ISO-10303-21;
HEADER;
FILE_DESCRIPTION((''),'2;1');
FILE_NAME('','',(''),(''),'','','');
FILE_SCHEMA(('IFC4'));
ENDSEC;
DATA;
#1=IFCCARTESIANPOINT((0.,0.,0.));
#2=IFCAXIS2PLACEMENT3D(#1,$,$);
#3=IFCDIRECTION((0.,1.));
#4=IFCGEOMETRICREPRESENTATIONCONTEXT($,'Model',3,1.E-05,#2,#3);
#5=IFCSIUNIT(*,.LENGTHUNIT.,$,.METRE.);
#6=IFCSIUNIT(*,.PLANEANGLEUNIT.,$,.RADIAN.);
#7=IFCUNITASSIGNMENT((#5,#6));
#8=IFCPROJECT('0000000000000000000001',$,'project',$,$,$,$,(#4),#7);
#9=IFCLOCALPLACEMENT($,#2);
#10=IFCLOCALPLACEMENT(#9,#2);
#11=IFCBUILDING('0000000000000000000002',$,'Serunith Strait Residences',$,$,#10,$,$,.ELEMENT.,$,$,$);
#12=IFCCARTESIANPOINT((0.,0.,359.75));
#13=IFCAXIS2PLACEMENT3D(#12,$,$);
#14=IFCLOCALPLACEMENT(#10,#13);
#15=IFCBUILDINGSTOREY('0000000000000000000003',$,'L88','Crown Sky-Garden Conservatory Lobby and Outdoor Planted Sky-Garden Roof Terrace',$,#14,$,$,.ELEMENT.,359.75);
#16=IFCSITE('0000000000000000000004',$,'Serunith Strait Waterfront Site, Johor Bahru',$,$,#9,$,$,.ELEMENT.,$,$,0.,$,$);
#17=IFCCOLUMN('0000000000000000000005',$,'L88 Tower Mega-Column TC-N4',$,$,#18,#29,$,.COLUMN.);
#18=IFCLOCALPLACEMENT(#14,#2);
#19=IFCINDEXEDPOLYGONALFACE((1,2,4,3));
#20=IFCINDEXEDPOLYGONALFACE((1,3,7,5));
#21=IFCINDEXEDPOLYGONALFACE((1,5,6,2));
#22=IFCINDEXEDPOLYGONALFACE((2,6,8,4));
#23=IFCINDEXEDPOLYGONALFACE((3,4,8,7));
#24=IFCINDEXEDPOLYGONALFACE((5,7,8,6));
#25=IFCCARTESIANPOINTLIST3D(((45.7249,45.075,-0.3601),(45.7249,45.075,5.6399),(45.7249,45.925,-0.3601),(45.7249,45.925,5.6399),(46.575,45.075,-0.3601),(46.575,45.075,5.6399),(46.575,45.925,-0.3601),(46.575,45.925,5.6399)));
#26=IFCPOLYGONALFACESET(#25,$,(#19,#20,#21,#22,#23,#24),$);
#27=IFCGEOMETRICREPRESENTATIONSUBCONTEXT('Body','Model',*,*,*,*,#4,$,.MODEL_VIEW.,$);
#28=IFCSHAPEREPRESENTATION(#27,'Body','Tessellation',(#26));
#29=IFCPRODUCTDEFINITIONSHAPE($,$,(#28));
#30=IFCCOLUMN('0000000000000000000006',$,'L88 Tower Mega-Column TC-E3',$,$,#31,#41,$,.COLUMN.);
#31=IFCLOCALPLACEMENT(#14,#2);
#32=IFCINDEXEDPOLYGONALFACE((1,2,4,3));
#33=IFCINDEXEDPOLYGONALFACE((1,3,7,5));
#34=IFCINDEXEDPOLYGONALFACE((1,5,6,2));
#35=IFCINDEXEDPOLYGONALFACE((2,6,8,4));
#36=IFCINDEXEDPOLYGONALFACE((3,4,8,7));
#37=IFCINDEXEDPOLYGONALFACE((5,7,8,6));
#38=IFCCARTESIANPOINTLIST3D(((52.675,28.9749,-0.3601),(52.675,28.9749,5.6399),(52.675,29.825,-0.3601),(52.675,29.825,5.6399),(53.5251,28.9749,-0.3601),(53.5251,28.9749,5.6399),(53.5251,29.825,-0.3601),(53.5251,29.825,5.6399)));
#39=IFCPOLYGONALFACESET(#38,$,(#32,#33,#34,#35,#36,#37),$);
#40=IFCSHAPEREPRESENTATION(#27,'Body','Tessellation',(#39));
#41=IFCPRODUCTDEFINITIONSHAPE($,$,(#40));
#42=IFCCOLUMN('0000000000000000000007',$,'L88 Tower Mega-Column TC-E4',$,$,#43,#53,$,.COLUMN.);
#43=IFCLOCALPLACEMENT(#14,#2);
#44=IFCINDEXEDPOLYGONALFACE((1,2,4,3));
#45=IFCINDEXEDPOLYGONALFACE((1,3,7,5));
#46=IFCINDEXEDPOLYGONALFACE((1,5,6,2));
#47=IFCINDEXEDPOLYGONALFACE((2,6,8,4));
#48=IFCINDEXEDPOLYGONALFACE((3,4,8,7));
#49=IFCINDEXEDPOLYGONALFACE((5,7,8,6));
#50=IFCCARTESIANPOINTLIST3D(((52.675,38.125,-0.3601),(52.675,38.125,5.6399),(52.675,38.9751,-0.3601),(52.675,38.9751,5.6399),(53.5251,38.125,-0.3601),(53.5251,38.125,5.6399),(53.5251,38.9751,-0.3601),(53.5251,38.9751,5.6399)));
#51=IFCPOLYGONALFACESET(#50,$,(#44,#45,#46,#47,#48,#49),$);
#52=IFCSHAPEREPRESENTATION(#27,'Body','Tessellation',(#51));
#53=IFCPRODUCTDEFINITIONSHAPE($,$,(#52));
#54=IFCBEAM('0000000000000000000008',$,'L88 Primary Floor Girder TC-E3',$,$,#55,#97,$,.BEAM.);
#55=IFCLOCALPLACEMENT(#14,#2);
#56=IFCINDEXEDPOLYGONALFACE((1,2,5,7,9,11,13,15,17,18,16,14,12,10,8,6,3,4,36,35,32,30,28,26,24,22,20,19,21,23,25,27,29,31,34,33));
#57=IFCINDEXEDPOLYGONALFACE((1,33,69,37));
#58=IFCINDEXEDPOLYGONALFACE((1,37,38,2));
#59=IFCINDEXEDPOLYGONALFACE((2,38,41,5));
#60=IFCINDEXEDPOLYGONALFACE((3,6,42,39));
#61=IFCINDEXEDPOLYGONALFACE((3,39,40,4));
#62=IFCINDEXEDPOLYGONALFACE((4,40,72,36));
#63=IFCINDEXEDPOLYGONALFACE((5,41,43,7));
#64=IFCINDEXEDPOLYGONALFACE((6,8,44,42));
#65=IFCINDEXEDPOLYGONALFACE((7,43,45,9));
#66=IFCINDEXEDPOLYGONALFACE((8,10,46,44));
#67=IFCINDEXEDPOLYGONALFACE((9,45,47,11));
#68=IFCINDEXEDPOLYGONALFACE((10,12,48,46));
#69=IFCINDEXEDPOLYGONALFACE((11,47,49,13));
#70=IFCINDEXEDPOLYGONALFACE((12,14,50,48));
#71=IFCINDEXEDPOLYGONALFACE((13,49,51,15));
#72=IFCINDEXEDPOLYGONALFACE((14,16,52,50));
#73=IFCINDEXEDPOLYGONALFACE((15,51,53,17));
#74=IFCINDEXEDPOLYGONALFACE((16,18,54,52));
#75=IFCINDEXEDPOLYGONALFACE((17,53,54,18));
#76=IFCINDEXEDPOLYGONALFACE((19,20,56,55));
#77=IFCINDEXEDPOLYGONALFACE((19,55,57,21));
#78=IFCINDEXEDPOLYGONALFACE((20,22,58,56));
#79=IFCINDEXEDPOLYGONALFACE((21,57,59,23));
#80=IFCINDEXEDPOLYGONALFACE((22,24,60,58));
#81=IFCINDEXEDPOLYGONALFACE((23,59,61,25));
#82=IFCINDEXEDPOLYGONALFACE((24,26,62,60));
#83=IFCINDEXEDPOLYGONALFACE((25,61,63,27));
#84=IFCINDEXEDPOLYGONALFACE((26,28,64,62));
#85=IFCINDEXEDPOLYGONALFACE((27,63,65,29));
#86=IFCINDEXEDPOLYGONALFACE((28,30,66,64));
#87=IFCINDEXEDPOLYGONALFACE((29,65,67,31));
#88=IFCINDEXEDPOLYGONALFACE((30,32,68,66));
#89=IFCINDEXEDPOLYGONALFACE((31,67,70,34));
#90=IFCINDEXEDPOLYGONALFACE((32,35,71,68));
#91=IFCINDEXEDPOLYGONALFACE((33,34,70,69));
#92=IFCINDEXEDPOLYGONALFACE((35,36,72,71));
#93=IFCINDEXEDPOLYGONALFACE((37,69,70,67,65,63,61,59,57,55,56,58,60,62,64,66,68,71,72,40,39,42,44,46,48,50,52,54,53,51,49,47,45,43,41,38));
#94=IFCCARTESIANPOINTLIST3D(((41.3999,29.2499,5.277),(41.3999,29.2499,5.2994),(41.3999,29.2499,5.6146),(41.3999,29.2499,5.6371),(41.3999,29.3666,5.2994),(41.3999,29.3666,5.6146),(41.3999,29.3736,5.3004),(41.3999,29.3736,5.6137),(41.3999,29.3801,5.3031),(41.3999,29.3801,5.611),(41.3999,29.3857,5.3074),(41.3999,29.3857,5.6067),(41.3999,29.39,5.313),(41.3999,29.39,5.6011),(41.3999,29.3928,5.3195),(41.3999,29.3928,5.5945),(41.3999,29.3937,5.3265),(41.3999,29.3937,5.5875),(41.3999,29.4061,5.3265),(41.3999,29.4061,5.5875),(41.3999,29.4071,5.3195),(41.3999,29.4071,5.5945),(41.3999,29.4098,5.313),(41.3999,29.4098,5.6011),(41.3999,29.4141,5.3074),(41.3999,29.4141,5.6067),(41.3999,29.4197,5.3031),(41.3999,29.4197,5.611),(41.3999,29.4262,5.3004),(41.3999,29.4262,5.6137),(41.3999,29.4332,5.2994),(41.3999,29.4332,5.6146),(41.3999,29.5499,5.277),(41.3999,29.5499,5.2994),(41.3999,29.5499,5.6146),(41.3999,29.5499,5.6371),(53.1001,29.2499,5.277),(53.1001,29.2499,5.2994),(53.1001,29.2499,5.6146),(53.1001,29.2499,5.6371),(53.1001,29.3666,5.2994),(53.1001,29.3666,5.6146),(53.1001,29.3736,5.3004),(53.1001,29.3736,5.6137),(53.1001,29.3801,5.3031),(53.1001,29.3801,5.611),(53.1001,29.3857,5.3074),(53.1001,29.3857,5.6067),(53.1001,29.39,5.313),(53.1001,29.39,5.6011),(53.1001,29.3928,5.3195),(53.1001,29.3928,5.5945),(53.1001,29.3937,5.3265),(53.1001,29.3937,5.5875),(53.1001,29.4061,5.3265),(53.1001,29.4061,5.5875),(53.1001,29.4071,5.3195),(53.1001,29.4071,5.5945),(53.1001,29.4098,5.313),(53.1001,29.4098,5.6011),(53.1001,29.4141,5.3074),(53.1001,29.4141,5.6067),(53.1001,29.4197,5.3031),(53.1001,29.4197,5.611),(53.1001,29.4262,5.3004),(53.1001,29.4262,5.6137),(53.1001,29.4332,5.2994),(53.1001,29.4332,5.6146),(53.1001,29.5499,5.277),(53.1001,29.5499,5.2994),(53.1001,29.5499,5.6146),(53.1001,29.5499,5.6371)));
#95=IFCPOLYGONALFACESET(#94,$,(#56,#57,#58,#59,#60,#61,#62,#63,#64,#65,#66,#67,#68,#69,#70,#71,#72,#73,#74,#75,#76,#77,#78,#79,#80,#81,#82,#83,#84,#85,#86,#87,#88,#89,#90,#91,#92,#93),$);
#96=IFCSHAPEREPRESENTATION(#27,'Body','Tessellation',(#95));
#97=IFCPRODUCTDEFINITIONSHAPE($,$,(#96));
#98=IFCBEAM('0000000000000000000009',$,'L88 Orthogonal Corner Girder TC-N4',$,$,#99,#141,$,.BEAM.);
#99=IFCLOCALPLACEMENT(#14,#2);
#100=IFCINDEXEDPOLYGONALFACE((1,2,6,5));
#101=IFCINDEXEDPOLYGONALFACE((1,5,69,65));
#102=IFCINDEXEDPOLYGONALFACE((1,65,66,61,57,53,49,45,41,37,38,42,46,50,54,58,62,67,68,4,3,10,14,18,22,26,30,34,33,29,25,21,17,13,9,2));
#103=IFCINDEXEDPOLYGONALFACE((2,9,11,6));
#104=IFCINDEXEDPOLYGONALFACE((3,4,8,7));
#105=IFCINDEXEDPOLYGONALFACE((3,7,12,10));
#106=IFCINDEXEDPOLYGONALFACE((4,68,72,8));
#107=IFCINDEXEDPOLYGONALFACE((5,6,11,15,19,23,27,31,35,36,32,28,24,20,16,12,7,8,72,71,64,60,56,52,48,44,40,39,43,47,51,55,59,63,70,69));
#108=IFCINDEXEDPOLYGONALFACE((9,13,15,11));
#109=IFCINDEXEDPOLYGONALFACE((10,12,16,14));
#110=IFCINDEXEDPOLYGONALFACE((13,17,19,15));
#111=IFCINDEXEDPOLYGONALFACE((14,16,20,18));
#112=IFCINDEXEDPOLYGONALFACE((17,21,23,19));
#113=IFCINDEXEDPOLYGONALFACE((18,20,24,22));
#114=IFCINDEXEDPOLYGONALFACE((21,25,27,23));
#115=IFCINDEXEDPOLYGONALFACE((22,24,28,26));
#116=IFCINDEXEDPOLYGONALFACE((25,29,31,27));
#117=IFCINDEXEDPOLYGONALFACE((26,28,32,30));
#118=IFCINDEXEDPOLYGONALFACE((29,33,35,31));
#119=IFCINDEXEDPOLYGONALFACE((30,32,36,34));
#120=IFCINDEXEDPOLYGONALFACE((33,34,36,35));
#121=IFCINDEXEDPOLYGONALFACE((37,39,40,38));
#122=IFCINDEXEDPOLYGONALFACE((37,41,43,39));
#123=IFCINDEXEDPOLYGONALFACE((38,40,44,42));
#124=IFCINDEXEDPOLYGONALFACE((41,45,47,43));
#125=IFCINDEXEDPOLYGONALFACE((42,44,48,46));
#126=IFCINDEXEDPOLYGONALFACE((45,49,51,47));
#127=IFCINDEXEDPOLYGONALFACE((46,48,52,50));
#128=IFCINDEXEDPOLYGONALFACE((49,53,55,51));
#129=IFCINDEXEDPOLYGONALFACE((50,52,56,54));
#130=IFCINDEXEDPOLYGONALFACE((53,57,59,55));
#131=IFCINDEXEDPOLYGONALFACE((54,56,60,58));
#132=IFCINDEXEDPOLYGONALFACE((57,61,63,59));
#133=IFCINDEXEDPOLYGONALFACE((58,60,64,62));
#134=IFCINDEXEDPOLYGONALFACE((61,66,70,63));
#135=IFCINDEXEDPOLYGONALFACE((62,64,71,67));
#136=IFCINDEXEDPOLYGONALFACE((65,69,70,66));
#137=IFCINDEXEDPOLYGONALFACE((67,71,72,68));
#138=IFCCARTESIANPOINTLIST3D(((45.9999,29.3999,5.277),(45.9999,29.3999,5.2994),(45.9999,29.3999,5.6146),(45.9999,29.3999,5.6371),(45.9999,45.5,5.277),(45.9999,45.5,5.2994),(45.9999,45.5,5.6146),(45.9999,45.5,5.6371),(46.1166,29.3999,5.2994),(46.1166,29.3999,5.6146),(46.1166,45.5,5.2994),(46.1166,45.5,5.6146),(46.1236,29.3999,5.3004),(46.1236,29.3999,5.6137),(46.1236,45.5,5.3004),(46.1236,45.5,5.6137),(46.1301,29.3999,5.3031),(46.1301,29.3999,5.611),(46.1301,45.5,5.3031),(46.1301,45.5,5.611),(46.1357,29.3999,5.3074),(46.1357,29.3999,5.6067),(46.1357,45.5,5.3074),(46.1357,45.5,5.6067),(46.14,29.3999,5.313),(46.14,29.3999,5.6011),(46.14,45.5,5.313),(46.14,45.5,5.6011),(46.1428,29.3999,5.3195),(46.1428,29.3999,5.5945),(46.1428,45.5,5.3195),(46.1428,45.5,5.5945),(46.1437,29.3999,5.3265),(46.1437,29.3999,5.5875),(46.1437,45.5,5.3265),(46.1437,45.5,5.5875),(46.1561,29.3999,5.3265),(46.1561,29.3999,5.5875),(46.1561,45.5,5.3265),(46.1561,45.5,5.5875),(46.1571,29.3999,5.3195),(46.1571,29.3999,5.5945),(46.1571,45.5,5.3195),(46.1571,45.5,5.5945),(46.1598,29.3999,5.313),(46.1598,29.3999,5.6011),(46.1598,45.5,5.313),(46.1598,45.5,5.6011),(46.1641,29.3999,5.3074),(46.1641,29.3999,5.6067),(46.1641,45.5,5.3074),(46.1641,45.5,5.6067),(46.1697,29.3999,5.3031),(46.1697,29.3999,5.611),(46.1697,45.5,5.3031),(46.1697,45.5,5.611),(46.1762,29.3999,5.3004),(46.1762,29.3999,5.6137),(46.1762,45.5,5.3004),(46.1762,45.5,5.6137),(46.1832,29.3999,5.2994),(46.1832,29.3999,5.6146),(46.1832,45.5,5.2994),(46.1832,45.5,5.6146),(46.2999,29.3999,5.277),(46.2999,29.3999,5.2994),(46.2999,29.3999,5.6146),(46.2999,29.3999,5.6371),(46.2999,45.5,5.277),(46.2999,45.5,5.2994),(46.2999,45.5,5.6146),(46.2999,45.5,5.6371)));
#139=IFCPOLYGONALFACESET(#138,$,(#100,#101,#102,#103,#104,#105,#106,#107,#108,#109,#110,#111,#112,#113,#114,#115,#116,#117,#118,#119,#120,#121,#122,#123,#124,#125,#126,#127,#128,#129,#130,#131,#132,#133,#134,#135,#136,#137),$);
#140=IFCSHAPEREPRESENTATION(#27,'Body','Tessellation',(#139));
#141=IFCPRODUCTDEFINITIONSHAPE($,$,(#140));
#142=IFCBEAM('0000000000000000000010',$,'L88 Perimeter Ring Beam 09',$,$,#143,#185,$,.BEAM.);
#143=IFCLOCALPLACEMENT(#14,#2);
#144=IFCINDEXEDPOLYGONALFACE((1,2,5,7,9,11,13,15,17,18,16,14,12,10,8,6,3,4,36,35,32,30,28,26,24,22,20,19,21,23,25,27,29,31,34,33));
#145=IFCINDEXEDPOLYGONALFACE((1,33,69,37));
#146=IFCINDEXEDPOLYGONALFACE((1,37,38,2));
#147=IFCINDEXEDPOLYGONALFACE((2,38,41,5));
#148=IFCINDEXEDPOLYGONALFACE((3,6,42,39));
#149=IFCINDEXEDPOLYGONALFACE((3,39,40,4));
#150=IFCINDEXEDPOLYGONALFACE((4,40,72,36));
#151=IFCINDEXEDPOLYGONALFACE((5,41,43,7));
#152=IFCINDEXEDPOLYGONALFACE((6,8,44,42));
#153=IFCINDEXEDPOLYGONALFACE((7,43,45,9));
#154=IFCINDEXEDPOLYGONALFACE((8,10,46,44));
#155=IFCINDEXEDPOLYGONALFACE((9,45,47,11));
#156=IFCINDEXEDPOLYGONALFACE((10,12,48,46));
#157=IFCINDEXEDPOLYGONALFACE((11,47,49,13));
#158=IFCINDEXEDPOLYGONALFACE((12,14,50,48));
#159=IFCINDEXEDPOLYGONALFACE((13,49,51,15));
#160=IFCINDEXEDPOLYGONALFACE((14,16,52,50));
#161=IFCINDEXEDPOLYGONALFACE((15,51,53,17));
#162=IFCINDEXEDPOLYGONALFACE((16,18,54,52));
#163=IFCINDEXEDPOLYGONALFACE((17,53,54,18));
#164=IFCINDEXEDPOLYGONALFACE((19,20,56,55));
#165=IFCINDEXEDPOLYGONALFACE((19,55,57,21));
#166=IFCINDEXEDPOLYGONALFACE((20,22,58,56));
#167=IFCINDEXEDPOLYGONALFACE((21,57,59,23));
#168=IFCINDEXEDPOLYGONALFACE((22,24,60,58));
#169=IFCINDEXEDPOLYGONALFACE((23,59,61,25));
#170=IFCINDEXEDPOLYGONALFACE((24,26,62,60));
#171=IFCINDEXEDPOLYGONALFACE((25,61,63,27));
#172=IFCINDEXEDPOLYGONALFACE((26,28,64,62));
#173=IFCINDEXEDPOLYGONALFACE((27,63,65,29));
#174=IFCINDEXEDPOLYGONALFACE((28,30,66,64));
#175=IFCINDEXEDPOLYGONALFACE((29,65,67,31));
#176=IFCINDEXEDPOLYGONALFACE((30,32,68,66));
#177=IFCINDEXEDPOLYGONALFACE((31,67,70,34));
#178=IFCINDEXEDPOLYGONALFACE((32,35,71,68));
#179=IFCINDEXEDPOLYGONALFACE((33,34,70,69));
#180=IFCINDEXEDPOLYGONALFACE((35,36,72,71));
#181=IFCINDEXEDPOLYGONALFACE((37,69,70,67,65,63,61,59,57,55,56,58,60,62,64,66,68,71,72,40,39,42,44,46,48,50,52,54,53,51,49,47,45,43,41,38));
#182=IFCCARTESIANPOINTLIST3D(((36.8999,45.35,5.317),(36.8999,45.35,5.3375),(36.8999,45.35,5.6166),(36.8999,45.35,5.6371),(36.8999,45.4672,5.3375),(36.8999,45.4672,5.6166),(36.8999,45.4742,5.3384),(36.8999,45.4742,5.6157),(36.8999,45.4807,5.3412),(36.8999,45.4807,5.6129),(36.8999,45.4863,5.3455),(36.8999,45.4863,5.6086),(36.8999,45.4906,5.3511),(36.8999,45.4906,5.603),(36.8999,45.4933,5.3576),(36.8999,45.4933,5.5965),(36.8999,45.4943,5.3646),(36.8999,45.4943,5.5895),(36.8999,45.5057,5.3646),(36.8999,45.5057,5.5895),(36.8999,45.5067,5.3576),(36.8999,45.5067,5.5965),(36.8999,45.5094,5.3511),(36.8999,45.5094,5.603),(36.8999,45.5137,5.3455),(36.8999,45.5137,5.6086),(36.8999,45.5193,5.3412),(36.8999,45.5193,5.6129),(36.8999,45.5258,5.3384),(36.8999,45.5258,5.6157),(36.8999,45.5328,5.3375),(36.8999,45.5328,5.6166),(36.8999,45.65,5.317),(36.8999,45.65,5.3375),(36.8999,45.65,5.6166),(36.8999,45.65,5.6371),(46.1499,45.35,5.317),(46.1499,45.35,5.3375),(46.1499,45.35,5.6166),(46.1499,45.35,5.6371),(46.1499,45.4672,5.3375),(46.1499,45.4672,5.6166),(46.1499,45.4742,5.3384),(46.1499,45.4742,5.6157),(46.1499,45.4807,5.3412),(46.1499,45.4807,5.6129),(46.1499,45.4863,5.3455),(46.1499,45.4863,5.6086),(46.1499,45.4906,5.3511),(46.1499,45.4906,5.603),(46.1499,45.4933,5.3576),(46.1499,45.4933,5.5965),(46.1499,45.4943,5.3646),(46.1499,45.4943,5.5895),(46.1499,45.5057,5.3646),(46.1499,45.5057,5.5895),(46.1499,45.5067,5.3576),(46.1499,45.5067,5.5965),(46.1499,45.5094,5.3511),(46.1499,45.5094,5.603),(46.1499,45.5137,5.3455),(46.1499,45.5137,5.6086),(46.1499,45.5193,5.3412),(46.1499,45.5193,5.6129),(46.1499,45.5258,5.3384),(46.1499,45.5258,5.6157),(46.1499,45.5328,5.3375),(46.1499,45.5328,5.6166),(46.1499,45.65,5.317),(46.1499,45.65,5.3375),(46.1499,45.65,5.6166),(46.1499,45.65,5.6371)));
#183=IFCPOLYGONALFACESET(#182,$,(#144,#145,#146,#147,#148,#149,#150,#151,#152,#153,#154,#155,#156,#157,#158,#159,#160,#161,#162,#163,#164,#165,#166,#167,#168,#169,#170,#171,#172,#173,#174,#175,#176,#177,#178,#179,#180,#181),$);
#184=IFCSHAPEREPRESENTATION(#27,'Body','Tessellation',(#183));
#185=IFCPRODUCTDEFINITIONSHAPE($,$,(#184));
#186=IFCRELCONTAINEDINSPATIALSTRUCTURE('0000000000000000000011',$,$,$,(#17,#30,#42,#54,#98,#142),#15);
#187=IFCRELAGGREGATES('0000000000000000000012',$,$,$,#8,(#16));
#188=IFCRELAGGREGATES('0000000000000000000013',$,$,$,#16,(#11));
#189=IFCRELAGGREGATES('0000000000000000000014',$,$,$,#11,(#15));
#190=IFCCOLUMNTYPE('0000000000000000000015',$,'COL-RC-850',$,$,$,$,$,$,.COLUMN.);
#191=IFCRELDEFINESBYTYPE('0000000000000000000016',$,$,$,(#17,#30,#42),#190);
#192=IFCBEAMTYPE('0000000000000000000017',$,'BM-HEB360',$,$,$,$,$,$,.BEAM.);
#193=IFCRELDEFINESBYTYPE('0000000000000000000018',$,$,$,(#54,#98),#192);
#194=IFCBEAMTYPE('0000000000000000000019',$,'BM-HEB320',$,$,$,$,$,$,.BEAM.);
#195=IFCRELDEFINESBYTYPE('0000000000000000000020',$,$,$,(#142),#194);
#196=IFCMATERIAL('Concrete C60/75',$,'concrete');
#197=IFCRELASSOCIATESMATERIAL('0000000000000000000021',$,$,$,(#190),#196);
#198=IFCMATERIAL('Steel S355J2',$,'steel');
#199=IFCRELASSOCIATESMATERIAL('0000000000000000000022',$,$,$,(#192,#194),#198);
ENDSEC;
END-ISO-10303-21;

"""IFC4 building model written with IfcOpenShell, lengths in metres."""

from ifc_helpers import new_model, si_unit, direction, frame, origin, origin_2d, place, context, subcontext, project, spatial, rectangle, i_section, extrude, source, transform, mapped, material, material_profile, profile_set, type_object, element, save


model = new_model("IFC4")

# Units and contexts
model_context = context("Model", 3, precision=1e-05, world=origin(), true_north=direction((0.0, 1.0)))
body_context = subcontext(model_context, "Body", "Model", "MODEL_VIEW")
ifc_project = project(units=[si_unit("LENGTHUNIT", "METRE"), si_unit("PLANEANGLEUNIT", "RADIAN")], contexts=[model_context])

# Site, building, storey
site_placement = place(None, origin())
site = spatial("IfcSite", under=ifc_project, at=site_placement, Name="Serunith Strait Waterfront Site, Johor Bahru", CompositionType="ELEMENT", RefElevation=0.0)
building_placement = place(site_placement, origin())
building = spatial("IfcBuilding", under=site, at=building_placement, Name="Serunith Strait Residences", CompositionType="ELEMENT")
storey_placement = place(building_placement, frame((0.0, 0.0, 359.75)))
storey = spatial("IfcBuildingStorey", under=building, at=storey_placement, Name="L88", Description="Crown Sky-Garden Conservatory Lobby and Outdoor Planted Sky-Garden Roof Terrace", CompositionType="ELEMENT", Elevation=359.75)

# Columns
ifc_material_1 = material(Name="Concrete C60/75", Category="concrete")
ifc_material_profile_1 = material_profile(ifc_material_1, rectangle(XDim=0.8501, YDim=0.8501, at=origin_2d()), Name="RC 850x850")
ifc_profile_set_1 = profile_set([ifc_material_profile_1], Name="Concrete C60/75")
column_type = type_object("IfcColumnType", Name="COL-RC-850", PredefinedType="COLUMN", material=ifc_profile_set_1)
shared_shape_1 = source(origin(), body_context, "Body", "SweptSolid", [
    extrude(rectangle(XDim=0.8501, YDim=0.8501, at=origin_2d()), origin(), (0.0, 0.0, 1.0), 6.0),
])
for number, where, z_axis, x_axis, name in (
    (1, (46.1499, 45.5, -0.3601), (0.0, 0.0, 1.0), (1.0, 0.0, 0.0), "L88 Tower Mega-Column TC-N4"),
    (2, (53.1001, 29.3999, -0.3601), (0.0, 0.0, 1.0), (1.0, 0.0, 0.0), "L88 Tower Mega-Column TC-E3"),
    (3, (53.1001, 38.55, -0.3601), (0.0, 0.0, 1.0), (1.0, 0.0, 0.0), "L88 Tower Mega-Column TC-E4"),
):
    element("IfcColumn", number, at=place(storey_placement, frame(where, z_axis=z_axis, x_axis=x_axis)), inside=storey, type_object=column_type, Name=name, PredefinedType="COLUMN", context=body_context, shape_type="MappedRepresentation", body=[
        mapped(shared_shape_1, transform((0.0, 0.0, 0.0), scale=1.0)),
    ])

# Beams
ifc_material_2 = material(Name="Steel S355J2", Category="steel")
ifc_material_profile_2 = material_profile(ifc_material_2, i_section(OverallWidth=0.3, OverallDepth=0.3601, WebThickness=0.0125, FlangeThickness=0.0225, FilletRadius=0.0271, at=origin_2d()), Name="HEB 360")
ifc_profile_set_2 = profile_set([ifc_material_profile_2], Name="Steel S355J2")
beam_type_1 = type_object("IfcBeamType", Name="BM-HEB360", PredefinedType="BEAM", material=ifc_profile_set_2)
shared_shape_2 = source(origin(), body_context, "Body", "SweptSolid", [
    extrude(i_section(OverallWidth=0.3, OverallDepth=0.3601, WebThickness=0.0125, FlangeThickness=0.0225, FilletRadius=0.0271, at=origin_2d()), origin(), (0.0, 0.0, 1.0), 11.7002),
])
beam_1_placement = place(storey_placement, frame((41.3999, 29.3999, 5.457), z_axis=(1.0, 0.0, 0.0), x_axis=(0.0, 1.0, 0.0)))
element("IfcBeam", 4, at=beam_1_placement, inside=storey, type_object=beam_type_1, Name="L88 Primary Floor Girder TC-E3", PredefinedType="BEAM", context=body_context, shape_type="MappedRepresentation", body=[
    mapped(shared_shape_2, transform((0.0, 0.0, 0.0), scale=1.0)),
])
shared_shape_3 = source(origin(), body_context, "Body", "SweptSolid", [
    extrude(i_section(OverallWidth=0.3, OverallDepth=0.3601, WebThickness=0.0125, FlangeThickness=0.0225, FilletRadius=0.0271, at=origin_2d()), origin(), (0.0, 0.0, 1.0), 16.1001),
])
beam_2_placement = place(storey_placement, frame((46.1499, 29.3999, 5.457), z_axis=(0.0, 1.0, 0.0), x_axis=(-1.0, 0.0, 0.0)))
element("IfcBeam", 5, at=beam_2_placement, inside=storey, type_object=beam_type_1, Name="L88 Orthogonal Corner Girder TC-N4", PredefinedType="BEAM", context=body_context, shape_type="MappedRepresentation", body=[
    mapped(shared_shape_3, transform((0.0, 0.0, 0.0), scale=1.0)),
])
ifc_material_profile_3 = material_profile(ifc_material_2, i_section(OverallWidth=0.3, OverallDepth=0.3201, WebThickness=0.0115, FlangeThickness=0.0205, FilletRadius=0.0271, at=origin_2d()), Name="HEB 320")
ifc_profile_set_3 = profile_set([ifc_material_profile_3], Name="Steel S355J2")
beam_type_2 = type_object("IfcBeamType", Name="BM-HEB320", PredefinedType="BEAM", material=ifc_profile_set_3)
shared_shape_4 = source(origin(), body_context, "Body", "SweptSolid", [
    extrude(i_section(OverallWidth=0.3, OverallDepth=0.3201, WebThickness=0.0115, FlangeThickness=0.0205, FilletRadius=0.0271, at=origin_2d()), origin(), (0.0, 0.0, 1.0), 9.25),
])
beam_3_placement = place(storey_placement, frame((46.1499, 45.5, 5.4771), z_axis=(-1.0, 0.0, 0.0), x_axis=(0.0, -1.0, 0.0)))
element("IfcBeam", 6, at=beam_3_placement, inside=storey, type_object=beam_type_2, Name="L88 Perimeter Ring Beam 09", PredefinedType="BEAM", context=body_context, shape_type="MappedRepresentation", body=[
    mapped(shared_shape_4, transform((0.0, 0.0, 0.0), scale=1.0)),
])

save(model, "model.ifc")
